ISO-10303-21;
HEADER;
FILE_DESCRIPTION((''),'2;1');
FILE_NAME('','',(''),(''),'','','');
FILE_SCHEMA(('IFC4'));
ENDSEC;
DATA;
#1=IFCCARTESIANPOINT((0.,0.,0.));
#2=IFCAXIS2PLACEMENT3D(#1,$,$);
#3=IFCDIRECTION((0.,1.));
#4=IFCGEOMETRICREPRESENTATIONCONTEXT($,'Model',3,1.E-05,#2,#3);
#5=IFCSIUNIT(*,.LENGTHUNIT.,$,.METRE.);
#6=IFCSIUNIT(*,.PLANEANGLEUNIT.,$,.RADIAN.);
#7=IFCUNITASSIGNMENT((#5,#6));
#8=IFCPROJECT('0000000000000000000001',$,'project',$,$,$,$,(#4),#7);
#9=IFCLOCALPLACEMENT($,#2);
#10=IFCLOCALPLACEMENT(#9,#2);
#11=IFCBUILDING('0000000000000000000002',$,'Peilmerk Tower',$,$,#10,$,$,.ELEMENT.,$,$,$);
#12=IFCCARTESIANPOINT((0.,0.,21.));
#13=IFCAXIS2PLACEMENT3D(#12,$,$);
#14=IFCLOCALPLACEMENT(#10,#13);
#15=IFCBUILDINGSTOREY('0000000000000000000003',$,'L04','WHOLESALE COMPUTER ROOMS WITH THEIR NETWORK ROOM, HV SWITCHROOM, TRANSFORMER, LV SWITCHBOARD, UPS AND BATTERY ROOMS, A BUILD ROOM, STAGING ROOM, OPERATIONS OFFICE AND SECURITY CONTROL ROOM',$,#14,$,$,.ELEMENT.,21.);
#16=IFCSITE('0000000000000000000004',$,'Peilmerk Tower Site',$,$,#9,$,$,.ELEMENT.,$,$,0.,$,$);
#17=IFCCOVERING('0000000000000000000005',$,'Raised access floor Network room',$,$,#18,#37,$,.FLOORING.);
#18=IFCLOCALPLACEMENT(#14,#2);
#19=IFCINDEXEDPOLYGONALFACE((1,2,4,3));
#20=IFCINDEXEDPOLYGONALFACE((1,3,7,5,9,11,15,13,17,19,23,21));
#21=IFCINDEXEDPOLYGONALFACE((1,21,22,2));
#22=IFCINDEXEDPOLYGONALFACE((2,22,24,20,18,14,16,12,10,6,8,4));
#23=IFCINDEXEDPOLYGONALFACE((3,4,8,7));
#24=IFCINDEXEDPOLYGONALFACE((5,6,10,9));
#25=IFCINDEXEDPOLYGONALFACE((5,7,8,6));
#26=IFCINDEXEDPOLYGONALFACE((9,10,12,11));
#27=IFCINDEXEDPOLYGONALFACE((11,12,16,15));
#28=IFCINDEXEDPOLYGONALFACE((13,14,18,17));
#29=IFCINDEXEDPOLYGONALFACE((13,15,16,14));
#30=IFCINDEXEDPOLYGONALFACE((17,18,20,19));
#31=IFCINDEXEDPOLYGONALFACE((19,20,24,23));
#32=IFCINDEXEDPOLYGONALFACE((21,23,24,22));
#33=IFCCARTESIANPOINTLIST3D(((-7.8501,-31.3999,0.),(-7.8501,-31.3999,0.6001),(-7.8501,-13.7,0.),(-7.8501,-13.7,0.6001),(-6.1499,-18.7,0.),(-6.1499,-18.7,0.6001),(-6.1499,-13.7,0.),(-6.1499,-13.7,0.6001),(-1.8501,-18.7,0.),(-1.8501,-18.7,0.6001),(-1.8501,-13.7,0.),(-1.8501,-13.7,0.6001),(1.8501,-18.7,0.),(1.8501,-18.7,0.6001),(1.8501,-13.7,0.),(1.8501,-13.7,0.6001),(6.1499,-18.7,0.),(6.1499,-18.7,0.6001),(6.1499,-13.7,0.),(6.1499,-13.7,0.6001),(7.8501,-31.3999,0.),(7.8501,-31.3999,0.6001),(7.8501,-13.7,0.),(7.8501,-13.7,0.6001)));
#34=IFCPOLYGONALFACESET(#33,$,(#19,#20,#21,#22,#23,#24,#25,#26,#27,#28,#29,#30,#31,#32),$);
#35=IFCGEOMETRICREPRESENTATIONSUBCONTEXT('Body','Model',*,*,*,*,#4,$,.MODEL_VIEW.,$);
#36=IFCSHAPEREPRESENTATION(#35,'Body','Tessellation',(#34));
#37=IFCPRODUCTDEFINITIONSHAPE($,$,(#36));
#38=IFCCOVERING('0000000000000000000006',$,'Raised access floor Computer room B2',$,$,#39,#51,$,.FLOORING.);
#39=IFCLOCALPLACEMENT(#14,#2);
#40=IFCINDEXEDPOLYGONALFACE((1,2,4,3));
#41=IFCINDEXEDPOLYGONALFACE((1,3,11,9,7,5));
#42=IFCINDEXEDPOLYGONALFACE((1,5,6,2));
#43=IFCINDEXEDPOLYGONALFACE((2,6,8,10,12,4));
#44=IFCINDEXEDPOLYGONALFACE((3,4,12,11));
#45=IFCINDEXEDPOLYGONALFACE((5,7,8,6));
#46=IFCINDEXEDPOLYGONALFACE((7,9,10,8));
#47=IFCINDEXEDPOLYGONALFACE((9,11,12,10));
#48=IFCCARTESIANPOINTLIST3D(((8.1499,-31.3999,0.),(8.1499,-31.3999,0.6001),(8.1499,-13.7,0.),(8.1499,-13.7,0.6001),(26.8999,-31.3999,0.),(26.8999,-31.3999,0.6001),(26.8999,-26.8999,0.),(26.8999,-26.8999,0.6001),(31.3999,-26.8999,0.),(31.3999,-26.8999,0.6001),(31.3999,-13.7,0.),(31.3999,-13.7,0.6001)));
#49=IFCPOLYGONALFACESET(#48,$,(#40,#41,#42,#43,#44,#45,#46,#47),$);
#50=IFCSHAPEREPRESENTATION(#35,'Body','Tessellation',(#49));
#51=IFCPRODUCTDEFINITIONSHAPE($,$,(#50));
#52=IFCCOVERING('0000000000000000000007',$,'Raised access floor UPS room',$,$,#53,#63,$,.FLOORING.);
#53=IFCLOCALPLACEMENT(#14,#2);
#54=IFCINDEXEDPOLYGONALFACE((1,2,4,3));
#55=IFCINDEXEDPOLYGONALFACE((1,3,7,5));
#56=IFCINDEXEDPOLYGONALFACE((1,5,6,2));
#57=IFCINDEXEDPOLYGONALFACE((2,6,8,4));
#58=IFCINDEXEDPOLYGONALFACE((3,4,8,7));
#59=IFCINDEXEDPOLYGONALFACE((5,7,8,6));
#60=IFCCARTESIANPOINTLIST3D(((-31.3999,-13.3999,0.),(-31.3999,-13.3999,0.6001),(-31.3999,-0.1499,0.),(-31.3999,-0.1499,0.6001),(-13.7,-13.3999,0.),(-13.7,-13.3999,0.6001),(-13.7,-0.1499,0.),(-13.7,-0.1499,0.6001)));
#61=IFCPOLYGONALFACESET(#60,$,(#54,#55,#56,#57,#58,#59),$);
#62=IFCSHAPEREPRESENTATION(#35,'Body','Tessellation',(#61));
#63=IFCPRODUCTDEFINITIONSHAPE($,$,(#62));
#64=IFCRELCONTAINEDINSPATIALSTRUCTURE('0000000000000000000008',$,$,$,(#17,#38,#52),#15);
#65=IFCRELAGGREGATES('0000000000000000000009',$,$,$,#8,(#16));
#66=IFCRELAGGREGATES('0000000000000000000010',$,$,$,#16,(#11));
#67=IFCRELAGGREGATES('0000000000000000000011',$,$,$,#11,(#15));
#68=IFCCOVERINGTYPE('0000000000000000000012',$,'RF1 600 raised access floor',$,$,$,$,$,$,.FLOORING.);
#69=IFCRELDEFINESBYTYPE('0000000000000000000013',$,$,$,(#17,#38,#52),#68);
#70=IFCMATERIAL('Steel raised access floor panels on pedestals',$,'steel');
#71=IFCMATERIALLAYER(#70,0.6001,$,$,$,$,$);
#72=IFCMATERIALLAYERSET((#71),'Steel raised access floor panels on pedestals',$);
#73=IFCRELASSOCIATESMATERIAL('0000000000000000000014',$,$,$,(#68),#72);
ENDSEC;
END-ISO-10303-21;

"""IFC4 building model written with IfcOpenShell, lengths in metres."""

from ifc_helpers import new_model, si_unit, direction, frame, origin, place, context, subcontext, project, spatial, polyline, outline, extrude, material, layer, layer_set, type_object, element, save


model = new_model("IFC4")

# Units and contexts
model_context = context("Model", 3, precision=1e-05, world=origin(), true_north=direction((0.0, 1.0)))
body_context = subcontext(model_context, "Body", "Model", "MODEL_VIEW")
ifc_project = project(units=[si_unit("LENGTHUNIT", "METRE"), si_unit("PLANEANGLEUNIT", "RADIAN")], contexts=[model_context])

# Site, building, storey
site_placement = place(None, origin())
site = spatial("IfcSite", under=ifc_project, at=site_placement, Name="Peilmerk Tower Site", CompositionType="ELEMENT", RefElevation=0.0)
building_placement = place(site_placement, origin())
building = spatial("IfcBuilding", under=site, at=building_placement, Name="Peilmerk Tower", CompositionType="ELEMENT")
storey_placement = place(building_placement, frame((0.0, 0.0, 21.0)))
storey = spatial("IfcBuildingStorey", under=building, at=storey_placement, Name="L04", Description="WHOLESALE COMPUTER ROOMS WITH THEIR NETWORK ROOM, HV SWITCHROOM, TRANSFORMER, LV SWITCHBOARD, UPS AND BATTERY ROOMS, A BUILD ROOM, STAGING ROOM, OPERATIONS OFFICE AND SECURITY CONTROL ROOM", CompositionType="ELEMENT", Elevation=21.0)

# Coverings
ifc_material_1 = material(Name="Steel raised access floor panels on pedestals", Category="steel")
ifc_layer_1 = layer(ifc_material_1, 0.6001)
ifc_layer_set_1 = layer_set([ifc_layer_1], Name="Steel raised access floor panels on pedestals")
covering_type_1 = type_object("IfcCoveringType", Name="RF1 600 raised access floor", PredefinedType="FLOORING", material=ifc_layer_set_1)
covering_1_placement = place(storey_placement, origin())
element("IfcCovering", 1, at=covering_1_placement, inside=storey, type_object=covering_type_1, Name="Raised access floor Network room", PredefinedType="FLOORING", context=body_context, shape_type="SweptSolid", body=[
    extrude(outline(polyline([(-7.8501, -13.7), (-7.8501, -31.3999), (7.8501, -31.3999), (7.8501, -13.7), (6.1499, -13.7), (6.1499, -18.7), (1.8501, -18.7), (1.8501, -13.7), (-1.8501, -13.7), (-1.8501, -18.7), (-6.1499, -18.7), (-6.1499, -13.7), (-7.8501, -13.7)])), origin(), (0.0, 0.0, 1.0), 0.6001),
])
covering_2_placement = place(storey_placement, origin())
element("IfcCovering", 2, at=covering_2_placement, inside=storey, type_object=covering_type_1, Name="Raised access floor Computer room B2", PredefinedType="FLOORING", context=body_context, shape_type="SweptSolid", body=[
    extrude(outline(polyline([(8.1499, -31.3999), (26.8999, -31.3999), (26.8999, -26.8999), (31.3999, -26.8999), (31.3999, -13.7), (8.1499, -13.7), (8.1499, -31.3999)])), origin(), (0.0, 0.0, 1.0), 0.6001),
])
covering_3_placement = place(storey_placement, origin())
element("IfcCovering", 3, at=covering_3_placement, inside=storey, type_object=covering_type_1, Name="Raised access floor UPS room", PredefinedType="FLOORING", context=body_context, shape_type="SweptSolid", body=[
    extrude(outline(polyline([(-31.3999, -0.1499), (-31.3999, -13.3999), (-13.7, -13.3999), (-13.7, -0.1499), (-31.3999, -0.1499)])), origin(), (0.0, 0.0, 1.0), 0.6001),
])

save(model, "model.ifc")
